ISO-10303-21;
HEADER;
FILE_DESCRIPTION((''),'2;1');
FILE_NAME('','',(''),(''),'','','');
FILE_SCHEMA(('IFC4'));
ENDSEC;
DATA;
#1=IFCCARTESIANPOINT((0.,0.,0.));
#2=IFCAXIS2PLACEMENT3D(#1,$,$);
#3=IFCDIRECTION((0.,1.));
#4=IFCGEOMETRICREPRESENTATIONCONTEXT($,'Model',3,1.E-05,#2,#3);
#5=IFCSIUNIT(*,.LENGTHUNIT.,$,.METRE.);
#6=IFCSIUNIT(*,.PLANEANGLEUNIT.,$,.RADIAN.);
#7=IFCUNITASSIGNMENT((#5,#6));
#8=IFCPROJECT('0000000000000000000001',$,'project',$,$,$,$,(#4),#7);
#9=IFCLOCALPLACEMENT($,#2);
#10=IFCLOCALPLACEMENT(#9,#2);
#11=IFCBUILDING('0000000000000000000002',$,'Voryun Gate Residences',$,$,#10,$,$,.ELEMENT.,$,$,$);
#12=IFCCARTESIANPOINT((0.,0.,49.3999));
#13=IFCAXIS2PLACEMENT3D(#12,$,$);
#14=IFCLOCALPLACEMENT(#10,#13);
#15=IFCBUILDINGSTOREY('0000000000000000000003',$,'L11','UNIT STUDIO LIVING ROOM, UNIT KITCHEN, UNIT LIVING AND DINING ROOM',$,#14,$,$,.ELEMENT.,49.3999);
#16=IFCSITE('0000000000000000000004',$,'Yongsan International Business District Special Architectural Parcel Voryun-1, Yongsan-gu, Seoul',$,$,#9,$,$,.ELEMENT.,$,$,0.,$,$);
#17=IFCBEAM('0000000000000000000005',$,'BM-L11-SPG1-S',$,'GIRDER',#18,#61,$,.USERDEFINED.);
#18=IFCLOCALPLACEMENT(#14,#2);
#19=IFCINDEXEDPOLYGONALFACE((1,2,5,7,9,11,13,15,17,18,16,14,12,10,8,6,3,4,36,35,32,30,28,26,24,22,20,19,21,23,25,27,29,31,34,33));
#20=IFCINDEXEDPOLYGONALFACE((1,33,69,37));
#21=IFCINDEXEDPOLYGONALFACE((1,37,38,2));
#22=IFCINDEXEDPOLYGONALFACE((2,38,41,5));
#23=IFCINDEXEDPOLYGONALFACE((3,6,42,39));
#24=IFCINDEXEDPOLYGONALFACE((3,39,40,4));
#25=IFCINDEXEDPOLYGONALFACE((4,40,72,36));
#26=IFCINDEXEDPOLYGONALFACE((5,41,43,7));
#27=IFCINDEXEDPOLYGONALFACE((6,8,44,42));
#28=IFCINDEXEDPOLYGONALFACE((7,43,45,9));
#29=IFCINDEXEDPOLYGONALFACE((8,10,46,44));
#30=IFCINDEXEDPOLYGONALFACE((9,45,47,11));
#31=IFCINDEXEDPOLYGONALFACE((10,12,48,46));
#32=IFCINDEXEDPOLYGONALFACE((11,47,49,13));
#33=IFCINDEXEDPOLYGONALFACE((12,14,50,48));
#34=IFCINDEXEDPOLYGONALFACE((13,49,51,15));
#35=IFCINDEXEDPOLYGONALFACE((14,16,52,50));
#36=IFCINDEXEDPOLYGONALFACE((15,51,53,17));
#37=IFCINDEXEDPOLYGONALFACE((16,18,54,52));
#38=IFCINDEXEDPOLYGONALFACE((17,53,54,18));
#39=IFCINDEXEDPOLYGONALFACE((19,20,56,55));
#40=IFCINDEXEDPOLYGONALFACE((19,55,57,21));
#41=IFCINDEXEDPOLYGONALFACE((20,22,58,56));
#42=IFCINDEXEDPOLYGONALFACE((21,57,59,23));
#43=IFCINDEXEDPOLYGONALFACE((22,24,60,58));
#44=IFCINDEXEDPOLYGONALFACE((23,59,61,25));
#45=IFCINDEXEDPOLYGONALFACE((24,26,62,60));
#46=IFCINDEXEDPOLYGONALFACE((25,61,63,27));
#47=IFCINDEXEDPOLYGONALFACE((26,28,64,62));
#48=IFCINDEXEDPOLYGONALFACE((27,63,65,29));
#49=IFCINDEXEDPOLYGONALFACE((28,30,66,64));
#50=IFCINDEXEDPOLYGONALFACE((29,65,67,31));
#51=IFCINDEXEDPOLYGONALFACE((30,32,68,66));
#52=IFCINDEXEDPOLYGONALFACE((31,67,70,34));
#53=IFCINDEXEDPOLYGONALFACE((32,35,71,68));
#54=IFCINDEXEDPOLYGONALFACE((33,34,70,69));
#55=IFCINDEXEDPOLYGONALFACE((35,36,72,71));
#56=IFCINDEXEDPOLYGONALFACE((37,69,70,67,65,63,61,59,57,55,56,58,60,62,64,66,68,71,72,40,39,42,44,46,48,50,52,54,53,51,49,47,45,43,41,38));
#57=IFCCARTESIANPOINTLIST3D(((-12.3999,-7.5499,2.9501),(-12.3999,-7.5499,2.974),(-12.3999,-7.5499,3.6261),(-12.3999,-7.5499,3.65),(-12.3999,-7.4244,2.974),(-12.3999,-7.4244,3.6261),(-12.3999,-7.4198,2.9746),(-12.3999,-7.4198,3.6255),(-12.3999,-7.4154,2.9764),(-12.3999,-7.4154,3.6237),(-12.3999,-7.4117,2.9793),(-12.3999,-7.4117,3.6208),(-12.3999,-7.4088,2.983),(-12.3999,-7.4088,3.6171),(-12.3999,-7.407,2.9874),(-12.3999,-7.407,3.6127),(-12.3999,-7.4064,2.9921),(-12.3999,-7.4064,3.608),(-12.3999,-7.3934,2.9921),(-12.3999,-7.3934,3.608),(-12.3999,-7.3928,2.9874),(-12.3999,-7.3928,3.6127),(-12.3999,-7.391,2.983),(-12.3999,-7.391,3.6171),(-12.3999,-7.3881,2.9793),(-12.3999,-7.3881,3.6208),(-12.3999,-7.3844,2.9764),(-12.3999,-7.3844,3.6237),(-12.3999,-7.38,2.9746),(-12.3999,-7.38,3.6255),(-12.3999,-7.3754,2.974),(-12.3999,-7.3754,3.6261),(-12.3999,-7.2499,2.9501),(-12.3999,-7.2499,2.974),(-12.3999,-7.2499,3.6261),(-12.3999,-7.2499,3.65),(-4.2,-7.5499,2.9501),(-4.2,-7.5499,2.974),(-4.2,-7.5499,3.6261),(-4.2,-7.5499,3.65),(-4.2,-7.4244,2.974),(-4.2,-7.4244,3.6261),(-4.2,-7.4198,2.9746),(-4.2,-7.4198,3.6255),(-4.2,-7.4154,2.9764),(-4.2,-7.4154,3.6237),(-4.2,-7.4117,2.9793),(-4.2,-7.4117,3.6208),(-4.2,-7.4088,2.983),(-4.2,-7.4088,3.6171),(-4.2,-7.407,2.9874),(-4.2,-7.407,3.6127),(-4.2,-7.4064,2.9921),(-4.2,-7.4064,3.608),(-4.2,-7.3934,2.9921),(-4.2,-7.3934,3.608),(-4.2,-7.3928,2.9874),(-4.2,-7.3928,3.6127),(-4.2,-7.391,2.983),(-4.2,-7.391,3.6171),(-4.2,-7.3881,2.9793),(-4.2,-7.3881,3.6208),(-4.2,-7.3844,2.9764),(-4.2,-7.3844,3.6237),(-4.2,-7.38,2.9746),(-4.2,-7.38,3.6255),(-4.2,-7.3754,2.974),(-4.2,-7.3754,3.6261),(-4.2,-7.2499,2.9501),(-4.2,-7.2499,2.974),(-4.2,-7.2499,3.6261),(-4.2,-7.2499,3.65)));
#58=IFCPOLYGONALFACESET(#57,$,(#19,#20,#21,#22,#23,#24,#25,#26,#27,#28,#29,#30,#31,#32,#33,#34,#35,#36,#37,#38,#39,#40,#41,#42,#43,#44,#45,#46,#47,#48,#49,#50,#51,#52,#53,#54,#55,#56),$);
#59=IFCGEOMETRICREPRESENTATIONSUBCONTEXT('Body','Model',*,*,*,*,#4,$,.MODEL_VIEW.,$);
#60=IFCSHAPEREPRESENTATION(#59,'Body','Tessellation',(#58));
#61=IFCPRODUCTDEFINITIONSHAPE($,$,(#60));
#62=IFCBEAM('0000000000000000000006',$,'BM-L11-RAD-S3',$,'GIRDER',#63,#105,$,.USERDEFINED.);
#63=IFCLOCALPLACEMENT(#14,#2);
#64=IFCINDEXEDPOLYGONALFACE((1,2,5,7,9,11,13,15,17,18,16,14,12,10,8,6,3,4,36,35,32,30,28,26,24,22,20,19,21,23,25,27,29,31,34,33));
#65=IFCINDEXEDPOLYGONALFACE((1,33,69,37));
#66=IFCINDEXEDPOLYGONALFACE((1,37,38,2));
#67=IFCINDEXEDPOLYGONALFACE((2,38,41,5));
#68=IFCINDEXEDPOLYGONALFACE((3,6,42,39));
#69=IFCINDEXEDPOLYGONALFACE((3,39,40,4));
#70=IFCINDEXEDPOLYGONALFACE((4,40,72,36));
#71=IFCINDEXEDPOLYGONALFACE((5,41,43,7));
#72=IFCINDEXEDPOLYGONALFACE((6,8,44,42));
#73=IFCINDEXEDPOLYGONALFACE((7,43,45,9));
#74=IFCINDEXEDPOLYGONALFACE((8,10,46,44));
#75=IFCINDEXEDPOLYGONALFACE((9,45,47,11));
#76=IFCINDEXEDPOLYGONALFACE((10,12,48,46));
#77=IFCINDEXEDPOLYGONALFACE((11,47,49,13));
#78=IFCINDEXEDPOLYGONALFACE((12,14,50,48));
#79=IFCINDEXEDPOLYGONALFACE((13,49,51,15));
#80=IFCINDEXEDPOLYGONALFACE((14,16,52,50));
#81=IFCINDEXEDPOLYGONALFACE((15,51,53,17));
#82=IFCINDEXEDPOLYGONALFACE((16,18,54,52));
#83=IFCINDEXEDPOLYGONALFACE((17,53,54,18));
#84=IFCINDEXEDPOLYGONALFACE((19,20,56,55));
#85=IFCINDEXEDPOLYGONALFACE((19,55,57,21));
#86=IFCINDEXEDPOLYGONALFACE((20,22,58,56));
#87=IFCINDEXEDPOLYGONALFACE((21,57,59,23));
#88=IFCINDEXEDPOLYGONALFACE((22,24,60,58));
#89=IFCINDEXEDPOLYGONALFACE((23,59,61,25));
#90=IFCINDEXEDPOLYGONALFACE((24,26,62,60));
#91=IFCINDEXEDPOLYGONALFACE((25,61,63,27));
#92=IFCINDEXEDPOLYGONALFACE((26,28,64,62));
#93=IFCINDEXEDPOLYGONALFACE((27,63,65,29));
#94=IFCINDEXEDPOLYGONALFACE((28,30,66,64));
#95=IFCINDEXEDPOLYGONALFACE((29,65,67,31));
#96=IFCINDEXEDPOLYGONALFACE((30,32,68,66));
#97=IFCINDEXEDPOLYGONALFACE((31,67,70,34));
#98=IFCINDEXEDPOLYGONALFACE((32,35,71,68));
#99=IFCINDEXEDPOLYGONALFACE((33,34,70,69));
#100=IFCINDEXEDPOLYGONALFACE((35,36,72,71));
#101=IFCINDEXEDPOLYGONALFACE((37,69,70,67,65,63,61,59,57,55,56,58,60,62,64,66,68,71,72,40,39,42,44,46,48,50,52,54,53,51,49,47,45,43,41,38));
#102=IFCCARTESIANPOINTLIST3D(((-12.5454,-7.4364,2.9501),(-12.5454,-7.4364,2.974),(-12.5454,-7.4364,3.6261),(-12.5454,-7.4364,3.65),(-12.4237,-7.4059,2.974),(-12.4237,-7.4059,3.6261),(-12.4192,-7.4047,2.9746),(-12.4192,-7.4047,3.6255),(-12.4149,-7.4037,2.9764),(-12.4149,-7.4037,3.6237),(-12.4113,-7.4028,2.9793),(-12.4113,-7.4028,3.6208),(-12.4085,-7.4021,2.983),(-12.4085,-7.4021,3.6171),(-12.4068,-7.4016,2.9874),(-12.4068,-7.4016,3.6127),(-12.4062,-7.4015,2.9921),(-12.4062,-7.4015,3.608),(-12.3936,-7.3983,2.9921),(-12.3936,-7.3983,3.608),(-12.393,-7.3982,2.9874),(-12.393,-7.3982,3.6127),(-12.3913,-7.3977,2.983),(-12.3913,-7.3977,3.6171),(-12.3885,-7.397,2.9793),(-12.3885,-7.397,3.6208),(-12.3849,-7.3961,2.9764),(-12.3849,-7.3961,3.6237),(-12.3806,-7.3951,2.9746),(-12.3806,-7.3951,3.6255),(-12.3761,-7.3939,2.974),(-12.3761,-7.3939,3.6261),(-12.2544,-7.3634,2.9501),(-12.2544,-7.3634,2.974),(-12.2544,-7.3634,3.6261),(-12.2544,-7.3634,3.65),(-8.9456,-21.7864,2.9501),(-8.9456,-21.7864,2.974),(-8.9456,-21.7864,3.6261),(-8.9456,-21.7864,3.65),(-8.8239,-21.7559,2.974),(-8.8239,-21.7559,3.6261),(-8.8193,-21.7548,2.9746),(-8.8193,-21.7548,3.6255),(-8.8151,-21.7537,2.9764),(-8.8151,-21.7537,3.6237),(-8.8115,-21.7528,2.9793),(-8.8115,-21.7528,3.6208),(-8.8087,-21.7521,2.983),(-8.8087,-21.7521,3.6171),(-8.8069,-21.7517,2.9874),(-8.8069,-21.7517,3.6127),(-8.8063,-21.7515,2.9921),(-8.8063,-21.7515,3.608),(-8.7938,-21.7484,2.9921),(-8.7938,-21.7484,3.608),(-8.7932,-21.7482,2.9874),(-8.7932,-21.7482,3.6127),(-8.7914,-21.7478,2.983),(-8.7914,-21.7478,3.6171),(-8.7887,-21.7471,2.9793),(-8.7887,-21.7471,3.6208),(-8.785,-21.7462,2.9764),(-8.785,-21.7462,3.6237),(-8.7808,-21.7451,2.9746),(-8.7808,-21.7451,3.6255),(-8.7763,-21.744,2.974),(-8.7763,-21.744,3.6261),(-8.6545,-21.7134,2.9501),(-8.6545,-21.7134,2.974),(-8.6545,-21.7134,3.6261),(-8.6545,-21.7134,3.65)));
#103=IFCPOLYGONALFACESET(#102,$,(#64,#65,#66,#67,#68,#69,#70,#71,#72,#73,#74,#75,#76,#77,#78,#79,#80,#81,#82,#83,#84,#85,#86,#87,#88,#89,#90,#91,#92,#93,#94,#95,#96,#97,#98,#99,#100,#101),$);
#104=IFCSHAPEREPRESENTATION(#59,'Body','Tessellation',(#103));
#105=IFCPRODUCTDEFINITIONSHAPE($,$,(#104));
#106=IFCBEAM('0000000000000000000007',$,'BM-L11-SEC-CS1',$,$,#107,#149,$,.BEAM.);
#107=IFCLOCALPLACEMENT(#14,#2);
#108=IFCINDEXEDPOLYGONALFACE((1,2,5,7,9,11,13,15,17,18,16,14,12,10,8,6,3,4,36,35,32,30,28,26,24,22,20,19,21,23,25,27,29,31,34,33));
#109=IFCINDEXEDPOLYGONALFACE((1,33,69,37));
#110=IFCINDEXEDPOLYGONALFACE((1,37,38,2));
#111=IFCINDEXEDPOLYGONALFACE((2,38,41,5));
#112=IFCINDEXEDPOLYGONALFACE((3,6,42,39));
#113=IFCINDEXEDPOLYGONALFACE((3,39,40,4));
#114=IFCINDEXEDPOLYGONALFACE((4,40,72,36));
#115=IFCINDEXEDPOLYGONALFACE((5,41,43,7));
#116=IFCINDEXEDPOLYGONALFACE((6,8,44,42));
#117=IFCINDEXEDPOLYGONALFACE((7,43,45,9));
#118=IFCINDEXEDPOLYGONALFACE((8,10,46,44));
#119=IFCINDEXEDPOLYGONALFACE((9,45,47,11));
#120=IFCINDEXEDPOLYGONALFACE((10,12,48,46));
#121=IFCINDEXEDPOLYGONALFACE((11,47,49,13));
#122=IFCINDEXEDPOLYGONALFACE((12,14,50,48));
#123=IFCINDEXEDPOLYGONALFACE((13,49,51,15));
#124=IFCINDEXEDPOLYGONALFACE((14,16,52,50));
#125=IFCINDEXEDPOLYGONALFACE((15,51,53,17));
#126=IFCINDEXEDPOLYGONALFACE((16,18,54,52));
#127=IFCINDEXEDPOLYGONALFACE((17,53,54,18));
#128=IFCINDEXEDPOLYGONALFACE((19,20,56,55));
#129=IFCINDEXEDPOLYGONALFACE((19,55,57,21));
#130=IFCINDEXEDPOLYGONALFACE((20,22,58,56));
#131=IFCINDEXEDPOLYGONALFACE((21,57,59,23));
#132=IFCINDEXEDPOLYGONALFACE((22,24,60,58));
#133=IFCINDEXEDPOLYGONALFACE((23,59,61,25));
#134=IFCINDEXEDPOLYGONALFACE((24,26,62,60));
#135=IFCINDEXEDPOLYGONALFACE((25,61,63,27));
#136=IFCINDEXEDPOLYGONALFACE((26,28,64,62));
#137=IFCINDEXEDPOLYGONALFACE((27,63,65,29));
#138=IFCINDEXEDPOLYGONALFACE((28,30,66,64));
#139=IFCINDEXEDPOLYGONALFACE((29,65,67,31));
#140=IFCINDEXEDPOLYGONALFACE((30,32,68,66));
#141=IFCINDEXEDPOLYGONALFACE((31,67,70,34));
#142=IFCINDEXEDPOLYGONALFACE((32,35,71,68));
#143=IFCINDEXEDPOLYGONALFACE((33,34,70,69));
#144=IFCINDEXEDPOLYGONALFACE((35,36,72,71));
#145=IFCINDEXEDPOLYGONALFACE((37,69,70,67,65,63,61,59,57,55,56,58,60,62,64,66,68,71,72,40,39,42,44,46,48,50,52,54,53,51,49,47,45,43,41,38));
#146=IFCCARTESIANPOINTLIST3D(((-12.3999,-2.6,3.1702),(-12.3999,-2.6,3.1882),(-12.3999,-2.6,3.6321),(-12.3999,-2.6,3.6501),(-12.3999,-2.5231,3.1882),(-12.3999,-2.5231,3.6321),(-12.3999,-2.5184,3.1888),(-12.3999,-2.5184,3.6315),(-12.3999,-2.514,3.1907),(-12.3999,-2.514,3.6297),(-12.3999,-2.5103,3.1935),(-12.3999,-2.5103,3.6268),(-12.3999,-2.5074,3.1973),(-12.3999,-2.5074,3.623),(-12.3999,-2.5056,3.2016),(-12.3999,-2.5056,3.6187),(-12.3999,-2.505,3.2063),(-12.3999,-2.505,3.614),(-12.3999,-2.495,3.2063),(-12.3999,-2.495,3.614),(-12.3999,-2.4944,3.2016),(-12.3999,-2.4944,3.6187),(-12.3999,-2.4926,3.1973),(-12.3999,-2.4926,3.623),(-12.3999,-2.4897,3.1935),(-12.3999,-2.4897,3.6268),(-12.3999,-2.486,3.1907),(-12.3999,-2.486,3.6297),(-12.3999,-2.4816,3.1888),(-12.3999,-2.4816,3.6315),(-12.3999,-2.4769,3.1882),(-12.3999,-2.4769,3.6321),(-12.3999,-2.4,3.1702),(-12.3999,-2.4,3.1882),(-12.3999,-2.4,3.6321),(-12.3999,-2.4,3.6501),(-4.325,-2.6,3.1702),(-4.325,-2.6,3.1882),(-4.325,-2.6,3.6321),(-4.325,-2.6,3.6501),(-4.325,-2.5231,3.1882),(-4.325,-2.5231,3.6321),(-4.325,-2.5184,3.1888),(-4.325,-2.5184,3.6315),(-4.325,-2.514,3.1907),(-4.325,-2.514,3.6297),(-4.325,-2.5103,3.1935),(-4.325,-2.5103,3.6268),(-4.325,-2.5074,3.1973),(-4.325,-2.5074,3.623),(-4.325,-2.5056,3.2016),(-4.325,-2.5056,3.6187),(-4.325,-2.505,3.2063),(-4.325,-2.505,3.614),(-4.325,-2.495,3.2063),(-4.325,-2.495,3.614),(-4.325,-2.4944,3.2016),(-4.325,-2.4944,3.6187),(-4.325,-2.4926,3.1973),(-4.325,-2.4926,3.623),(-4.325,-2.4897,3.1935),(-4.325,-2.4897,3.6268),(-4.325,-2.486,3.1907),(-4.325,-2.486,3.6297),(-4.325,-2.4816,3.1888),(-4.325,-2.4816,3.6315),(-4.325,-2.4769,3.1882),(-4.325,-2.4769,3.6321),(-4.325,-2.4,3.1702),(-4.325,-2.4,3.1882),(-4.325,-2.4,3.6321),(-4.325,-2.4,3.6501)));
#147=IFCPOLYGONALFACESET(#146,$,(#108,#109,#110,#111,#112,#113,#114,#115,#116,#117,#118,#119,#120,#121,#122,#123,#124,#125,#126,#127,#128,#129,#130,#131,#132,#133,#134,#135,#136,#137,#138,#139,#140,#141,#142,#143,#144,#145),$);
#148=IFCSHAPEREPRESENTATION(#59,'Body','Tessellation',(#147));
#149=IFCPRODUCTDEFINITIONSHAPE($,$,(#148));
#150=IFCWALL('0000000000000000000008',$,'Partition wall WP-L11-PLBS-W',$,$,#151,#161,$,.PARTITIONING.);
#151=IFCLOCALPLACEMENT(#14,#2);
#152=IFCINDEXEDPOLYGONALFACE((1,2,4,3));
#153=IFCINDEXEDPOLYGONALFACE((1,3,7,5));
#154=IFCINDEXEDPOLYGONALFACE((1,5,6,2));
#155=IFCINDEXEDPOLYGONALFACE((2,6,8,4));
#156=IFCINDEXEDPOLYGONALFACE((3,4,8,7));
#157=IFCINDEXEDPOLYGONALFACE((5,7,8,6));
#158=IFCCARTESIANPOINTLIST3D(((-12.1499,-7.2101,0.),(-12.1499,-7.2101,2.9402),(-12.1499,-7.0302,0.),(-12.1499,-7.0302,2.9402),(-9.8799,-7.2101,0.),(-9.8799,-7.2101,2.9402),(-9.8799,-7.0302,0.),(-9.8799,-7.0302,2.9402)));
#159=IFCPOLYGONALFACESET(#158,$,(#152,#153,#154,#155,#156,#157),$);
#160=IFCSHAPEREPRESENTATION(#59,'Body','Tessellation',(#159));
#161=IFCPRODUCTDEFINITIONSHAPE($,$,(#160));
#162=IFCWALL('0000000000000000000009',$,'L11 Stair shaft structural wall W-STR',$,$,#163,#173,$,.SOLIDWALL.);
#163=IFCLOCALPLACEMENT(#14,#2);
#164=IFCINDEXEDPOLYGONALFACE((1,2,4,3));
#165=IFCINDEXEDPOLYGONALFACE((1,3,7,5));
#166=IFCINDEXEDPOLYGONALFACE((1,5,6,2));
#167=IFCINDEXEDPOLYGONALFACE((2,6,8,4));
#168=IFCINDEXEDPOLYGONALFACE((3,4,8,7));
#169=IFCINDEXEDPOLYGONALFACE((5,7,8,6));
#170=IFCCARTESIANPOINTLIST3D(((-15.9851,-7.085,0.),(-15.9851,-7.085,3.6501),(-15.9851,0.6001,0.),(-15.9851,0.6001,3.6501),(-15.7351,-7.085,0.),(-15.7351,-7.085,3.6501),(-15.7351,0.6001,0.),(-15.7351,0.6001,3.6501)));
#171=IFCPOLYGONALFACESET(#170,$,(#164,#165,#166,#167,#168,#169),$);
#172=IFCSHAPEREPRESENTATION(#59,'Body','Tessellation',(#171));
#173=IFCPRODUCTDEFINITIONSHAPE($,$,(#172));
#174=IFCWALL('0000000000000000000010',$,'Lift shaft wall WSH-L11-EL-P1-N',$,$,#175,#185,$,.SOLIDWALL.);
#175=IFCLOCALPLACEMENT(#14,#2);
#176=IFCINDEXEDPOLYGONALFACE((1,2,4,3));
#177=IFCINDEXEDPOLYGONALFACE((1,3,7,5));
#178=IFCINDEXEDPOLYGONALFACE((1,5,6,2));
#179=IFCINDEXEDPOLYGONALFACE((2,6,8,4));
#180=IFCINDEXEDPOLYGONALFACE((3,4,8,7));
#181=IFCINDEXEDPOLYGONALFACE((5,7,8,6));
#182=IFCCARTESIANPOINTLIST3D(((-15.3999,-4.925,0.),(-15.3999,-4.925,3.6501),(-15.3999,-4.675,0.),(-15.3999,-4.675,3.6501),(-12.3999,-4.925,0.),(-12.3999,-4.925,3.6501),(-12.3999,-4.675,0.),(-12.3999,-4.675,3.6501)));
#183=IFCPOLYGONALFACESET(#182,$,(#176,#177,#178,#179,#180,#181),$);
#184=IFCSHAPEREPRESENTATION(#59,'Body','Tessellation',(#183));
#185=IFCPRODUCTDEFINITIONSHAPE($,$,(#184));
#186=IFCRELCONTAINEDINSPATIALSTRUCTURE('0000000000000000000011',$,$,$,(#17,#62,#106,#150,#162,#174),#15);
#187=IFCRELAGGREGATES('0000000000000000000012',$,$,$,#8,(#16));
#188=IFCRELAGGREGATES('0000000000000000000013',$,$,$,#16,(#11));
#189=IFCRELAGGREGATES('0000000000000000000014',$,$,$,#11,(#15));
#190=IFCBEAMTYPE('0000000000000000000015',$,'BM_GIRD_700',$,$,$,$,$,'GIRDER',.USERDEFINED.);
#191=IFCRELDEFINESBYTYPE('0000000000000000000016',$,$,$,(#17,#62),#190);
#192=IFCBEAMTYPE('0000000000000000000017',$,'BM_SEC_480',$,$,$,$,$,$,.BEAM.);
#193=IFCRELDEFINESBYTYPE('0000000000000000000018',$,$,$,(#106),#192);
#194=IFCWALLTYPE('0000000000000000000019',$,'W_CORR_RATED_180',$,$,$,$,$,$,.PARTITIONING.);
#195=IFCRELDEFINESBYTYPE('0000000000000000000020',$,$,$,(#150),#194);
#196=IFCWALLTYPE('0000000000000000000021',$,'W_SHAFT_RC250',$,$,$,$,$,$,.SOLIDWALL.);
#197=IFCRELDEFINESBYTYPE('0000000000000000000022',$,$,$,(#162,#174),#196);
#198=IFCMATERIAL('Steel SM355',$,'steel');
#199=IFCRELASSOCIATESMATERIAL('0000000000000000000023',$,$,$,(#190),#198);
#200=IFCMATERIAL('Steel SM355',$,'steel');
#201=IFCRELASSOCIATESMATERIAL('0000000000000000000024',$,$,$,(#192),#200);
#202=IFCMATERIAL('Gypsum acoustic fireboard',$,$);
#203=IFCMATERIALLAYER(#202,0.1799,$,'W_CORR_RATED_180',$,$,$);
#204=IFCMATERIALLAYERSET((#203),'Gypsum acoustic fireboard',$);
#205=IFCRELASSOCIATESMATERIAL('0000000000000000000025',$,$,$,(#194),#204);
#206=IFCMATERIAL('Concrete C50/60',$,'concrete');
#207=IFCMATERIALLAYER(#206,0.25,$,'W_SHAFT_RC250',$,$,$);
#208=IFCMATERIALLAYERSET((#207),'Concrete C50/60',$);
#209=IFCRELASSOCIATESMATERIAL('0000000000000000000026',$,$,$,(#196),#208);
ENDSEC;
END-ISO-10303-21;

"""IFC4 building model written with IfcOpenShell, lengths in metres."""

from ifc_helpers import new_model, si_unit, direction, frame, frame_2d, origin, origin_2d, place, context, subcontext, project, spatial, rectangle, i_section, extrude, material, layer, layer_set, material_profile, profile_set, type_object, element, save


model = new_model("IFC4")

# Units and contexts
model_context = context("Model", 3, precision=1e-05, world=origin(), true_north=direction((0.0, 1.0)))
body_context = subcontext(model_context, "Body", "Model", "MODEL_VIEW")
ifc_project = project(units=[si_unit("LENGTHUNIT", "METRE"), si_unit("PLANEANGLEUNIT", "RADIAN")], contexts=[model_context])

# Site, building, storey
site_placement = place(None, origin())
site = spatial("IfcSite", under=ifc_project, at=site_placement, Name="Yongsan International Business District Special Architectural Parcel Voryun-1, Yongsan-gu, Seoul", CompositionType="ELEMENT", RefElevation=0.0)
building_placement = place(site_placement, origin())
building = spatial("IfcBuilding", under=site, at=building_placement, Name="Voryun Gate Residences", CompositionType="ELEMENT")
storey_placement = place(building_placement, frame((0.0, 0.0, 49.3999)))
storey = spatial("IfcBuildingStorey", under=building, at=storey_placement, Name="L11", Description="UNIT STUDIO LIVING ROOM, UNIT KITCHEN, UNIT LIVING AND DINING ROOM", CompositionType="ELEMENT", Elevation=49.3999)

# Beams
ifc_material_1 = material(Name="Steel SM355", Category="steel")
ifc_material_profile_1 = material_profile(ifc_material_1, i_section(OverallWidth=0.3, OverallDepth=0.7, WebThickness=0.0129, FlangeThickness=0.0239, FilletRadius=0.0181, at=origin_2d()), Name="H-700x300x13x24")
ifc_profile_set_1 = profile_set([ifc_material_profile_1], Name="Steel SM355")
beam_type_1 = type_object("IfcBeamType", Name="BM_GIRD_700", ElementType="GIRDER", PredefinedType="USERDEFINED", material=ifc_profile_set_1)
beam_1_placement = place(storey_placement, frame((-12.3999, -7.3999, 3.3), z_axis=(1.0, 0.0, 0.0), x_axis=(0.0, 1.0, 0.0)))
element("IfcBeam", 1, at=beam_1_placement, inside=storey, type_object=beam_type_1, Name="BM-L11-SPG1-S", ObjectType="GIRDER", PredefinedType="USERDEFINED", context=body_context, shape_type="SweptSolid", body=[
    extrude(i_section(OverallWidth=0.3, OverallDepth=0.7, WebThickness=0.0129, FlangeThickness=0.0239, FilletRadius=0.0181, at=origin_2d()), origin(), (0.0, 0.0, 1.0), 8.2),
])
beam_2_placement = place(storey_placement, frame((-12.3999, -7.3999, 3.3), z_axis=(0.24332, -0.969946, 0.0), x_axis=(0.969946, 0.24332, 0.0)))
element("IfcBeam", 2, at=beam_2_placement, inside=storey, type_object=beam_type_1, Name="BM-L11-RAD-S3", ObjectType="GIRDER", PredefinedType="USERDEFINED", context=body_context, shape_type="SweptSolid", body=[
    extrude(i_section(OverallWidth=0.3, OverallDepth=0.7, WebThickness=0.0129, FlangeThickness=0.0239, FilletRadius=0.0181, at=origin_2d()), origin(), (0.0, 0.0, 1.0), 14.7947),
])
ifc_material_2 = material(Name="Steel SM355", Category="steel")
ifc_material_profile_2 = material_profile(ifc_material_2, i_section(OverallWidth=0.2, OverallDepth=0.48, WebThickness=0.01, FlangeThickness=0.0181, FilletRadius=0.0181, at=origin_2d()), Name="H-480x200x10x18")
ifc_profile_set_2 = profile_set([ifc_material_profile_2], Name="Steel SM355")
beam_type_2 = type_object("IfcBeamType", Name="BM_SEC_480", PredefinedType="BEAM", material=ifc_profile_set_2)
beam_3_placement = place(storey_placement, frame((-12.3999, -2.5, 3.4102), z_axis=(1.0, 0.0, 0.0), x_axis=(0.0, 1.0, 0.0)))
element("IfcBeam", 3, at=beam_3_placement, inside=storey, type_object=beam_type_2, Name="BM-L11-SEC-CS1", PredefinedType="BEAM", context=body_context, shape_type="SweptSolid", body=[
    extrude(i_section(OverallWidth=0.2, OverallDepth=0.48, WebThickness=0.01, FlangeThickness=0.0181, FilletRadius=0.0181, at=origin_2d()), origin(), (0.0, 0.0, 1.0), 8.075),
])

# Walls
ifc_material_3 = material(Name="Gypsum acoustic fireboard")
ifc_layer_1 = layer(ifc_material_3, 0.1799, Name="W_CORR_RATED_180")
ifc_layer_set_1 = layer_set([ifc_layer_1], Name="Gypsum acoustic fireboard")
wall_type_1 = type_object("IfcWallType", Name="W_CORR_RATED_180", PredefinedType="PARTITIONING", material=ifc_layer_set_1)
wall_1_placement = place(storey_placement, frame((-12.1499, -7.1201, 0.0), z_axis=(0.0, 0.0, 1.0), x_axis=(1.0, 0.0, 0.0)))
element("IfcWall", 4, at=wall_1_placement, inside=storey, type_object=wall_type_1, Name="Partition wall WP-L11-PLBS-W", PredefinedType="PARTITIONING", context=body_context, shape_type="SweptSolid", body=[
    extrude(rectangle(XDim=2.27, YDim=0.1799, at=frame_2d((1.135, 0.0))), origin(), (0.0, 0.0, 1.0), 2.9402),
])
ifc_material_4 = material(Name="Concrete C50/60", Category="concrete")
ifc_layer_2 = layer(ifc_material_4, 0.25, Name="W_SHAFT_RC250")
ifc_layer_set_2 = layer_set([ifc_layer_2], Name="Concrete C50/60")
wall_type_2 = type_object("IfcWallType", Name="W_SHAFT_RC250", PredefinedType="SOLIDWALL", material=ifc_layer_set_2)
wall_2_placement = place(storey_placement, frame((-15.8601, -7.085, 0.0), z_axis=(0.0, 0.0, 1.0), x_axis=(0.0, 1.0, 0.0)))
element("IfcWall", 5, at=wall_2_placement, inside=storey, type_object=wall_type_2, Name="L11 Stair shaft structural wall W-STR", PredefinedType="SOLIDWALL", context=body_context, shape_type="SweptSolid", body=[
    extrude(rectangle(XDim=7.6851, YDim=0.25, at=frame_2d((3.8425, 0.0))), origin(), (0.0, 0.0, 1.0), 3.6501),
])
wall_3_placement = place(storey_placement, frame((-12.3999, -4.8, 0.0), z_axis=(0.0, 0.0, 1.0), x_axis=(-1.0, 0.0, 0.0)))
element("IfcWall", 6, at=wall_3_placement, inside=storey, type_object=wall_type_2, Name="Lift shaft wall WSH-L11-EL-P1-N", PredefinedType="SOLIDWALL", context=body_context, shape_type="SweptSolid", body=[
    extrude(rectangle(XDim=3.0, YDim=0.25, at=frame_2d((1.5, 0.0))), origin(), (0.0, 0.0, 1.0), 3.6501),
])

save(model, "model.ifc")
